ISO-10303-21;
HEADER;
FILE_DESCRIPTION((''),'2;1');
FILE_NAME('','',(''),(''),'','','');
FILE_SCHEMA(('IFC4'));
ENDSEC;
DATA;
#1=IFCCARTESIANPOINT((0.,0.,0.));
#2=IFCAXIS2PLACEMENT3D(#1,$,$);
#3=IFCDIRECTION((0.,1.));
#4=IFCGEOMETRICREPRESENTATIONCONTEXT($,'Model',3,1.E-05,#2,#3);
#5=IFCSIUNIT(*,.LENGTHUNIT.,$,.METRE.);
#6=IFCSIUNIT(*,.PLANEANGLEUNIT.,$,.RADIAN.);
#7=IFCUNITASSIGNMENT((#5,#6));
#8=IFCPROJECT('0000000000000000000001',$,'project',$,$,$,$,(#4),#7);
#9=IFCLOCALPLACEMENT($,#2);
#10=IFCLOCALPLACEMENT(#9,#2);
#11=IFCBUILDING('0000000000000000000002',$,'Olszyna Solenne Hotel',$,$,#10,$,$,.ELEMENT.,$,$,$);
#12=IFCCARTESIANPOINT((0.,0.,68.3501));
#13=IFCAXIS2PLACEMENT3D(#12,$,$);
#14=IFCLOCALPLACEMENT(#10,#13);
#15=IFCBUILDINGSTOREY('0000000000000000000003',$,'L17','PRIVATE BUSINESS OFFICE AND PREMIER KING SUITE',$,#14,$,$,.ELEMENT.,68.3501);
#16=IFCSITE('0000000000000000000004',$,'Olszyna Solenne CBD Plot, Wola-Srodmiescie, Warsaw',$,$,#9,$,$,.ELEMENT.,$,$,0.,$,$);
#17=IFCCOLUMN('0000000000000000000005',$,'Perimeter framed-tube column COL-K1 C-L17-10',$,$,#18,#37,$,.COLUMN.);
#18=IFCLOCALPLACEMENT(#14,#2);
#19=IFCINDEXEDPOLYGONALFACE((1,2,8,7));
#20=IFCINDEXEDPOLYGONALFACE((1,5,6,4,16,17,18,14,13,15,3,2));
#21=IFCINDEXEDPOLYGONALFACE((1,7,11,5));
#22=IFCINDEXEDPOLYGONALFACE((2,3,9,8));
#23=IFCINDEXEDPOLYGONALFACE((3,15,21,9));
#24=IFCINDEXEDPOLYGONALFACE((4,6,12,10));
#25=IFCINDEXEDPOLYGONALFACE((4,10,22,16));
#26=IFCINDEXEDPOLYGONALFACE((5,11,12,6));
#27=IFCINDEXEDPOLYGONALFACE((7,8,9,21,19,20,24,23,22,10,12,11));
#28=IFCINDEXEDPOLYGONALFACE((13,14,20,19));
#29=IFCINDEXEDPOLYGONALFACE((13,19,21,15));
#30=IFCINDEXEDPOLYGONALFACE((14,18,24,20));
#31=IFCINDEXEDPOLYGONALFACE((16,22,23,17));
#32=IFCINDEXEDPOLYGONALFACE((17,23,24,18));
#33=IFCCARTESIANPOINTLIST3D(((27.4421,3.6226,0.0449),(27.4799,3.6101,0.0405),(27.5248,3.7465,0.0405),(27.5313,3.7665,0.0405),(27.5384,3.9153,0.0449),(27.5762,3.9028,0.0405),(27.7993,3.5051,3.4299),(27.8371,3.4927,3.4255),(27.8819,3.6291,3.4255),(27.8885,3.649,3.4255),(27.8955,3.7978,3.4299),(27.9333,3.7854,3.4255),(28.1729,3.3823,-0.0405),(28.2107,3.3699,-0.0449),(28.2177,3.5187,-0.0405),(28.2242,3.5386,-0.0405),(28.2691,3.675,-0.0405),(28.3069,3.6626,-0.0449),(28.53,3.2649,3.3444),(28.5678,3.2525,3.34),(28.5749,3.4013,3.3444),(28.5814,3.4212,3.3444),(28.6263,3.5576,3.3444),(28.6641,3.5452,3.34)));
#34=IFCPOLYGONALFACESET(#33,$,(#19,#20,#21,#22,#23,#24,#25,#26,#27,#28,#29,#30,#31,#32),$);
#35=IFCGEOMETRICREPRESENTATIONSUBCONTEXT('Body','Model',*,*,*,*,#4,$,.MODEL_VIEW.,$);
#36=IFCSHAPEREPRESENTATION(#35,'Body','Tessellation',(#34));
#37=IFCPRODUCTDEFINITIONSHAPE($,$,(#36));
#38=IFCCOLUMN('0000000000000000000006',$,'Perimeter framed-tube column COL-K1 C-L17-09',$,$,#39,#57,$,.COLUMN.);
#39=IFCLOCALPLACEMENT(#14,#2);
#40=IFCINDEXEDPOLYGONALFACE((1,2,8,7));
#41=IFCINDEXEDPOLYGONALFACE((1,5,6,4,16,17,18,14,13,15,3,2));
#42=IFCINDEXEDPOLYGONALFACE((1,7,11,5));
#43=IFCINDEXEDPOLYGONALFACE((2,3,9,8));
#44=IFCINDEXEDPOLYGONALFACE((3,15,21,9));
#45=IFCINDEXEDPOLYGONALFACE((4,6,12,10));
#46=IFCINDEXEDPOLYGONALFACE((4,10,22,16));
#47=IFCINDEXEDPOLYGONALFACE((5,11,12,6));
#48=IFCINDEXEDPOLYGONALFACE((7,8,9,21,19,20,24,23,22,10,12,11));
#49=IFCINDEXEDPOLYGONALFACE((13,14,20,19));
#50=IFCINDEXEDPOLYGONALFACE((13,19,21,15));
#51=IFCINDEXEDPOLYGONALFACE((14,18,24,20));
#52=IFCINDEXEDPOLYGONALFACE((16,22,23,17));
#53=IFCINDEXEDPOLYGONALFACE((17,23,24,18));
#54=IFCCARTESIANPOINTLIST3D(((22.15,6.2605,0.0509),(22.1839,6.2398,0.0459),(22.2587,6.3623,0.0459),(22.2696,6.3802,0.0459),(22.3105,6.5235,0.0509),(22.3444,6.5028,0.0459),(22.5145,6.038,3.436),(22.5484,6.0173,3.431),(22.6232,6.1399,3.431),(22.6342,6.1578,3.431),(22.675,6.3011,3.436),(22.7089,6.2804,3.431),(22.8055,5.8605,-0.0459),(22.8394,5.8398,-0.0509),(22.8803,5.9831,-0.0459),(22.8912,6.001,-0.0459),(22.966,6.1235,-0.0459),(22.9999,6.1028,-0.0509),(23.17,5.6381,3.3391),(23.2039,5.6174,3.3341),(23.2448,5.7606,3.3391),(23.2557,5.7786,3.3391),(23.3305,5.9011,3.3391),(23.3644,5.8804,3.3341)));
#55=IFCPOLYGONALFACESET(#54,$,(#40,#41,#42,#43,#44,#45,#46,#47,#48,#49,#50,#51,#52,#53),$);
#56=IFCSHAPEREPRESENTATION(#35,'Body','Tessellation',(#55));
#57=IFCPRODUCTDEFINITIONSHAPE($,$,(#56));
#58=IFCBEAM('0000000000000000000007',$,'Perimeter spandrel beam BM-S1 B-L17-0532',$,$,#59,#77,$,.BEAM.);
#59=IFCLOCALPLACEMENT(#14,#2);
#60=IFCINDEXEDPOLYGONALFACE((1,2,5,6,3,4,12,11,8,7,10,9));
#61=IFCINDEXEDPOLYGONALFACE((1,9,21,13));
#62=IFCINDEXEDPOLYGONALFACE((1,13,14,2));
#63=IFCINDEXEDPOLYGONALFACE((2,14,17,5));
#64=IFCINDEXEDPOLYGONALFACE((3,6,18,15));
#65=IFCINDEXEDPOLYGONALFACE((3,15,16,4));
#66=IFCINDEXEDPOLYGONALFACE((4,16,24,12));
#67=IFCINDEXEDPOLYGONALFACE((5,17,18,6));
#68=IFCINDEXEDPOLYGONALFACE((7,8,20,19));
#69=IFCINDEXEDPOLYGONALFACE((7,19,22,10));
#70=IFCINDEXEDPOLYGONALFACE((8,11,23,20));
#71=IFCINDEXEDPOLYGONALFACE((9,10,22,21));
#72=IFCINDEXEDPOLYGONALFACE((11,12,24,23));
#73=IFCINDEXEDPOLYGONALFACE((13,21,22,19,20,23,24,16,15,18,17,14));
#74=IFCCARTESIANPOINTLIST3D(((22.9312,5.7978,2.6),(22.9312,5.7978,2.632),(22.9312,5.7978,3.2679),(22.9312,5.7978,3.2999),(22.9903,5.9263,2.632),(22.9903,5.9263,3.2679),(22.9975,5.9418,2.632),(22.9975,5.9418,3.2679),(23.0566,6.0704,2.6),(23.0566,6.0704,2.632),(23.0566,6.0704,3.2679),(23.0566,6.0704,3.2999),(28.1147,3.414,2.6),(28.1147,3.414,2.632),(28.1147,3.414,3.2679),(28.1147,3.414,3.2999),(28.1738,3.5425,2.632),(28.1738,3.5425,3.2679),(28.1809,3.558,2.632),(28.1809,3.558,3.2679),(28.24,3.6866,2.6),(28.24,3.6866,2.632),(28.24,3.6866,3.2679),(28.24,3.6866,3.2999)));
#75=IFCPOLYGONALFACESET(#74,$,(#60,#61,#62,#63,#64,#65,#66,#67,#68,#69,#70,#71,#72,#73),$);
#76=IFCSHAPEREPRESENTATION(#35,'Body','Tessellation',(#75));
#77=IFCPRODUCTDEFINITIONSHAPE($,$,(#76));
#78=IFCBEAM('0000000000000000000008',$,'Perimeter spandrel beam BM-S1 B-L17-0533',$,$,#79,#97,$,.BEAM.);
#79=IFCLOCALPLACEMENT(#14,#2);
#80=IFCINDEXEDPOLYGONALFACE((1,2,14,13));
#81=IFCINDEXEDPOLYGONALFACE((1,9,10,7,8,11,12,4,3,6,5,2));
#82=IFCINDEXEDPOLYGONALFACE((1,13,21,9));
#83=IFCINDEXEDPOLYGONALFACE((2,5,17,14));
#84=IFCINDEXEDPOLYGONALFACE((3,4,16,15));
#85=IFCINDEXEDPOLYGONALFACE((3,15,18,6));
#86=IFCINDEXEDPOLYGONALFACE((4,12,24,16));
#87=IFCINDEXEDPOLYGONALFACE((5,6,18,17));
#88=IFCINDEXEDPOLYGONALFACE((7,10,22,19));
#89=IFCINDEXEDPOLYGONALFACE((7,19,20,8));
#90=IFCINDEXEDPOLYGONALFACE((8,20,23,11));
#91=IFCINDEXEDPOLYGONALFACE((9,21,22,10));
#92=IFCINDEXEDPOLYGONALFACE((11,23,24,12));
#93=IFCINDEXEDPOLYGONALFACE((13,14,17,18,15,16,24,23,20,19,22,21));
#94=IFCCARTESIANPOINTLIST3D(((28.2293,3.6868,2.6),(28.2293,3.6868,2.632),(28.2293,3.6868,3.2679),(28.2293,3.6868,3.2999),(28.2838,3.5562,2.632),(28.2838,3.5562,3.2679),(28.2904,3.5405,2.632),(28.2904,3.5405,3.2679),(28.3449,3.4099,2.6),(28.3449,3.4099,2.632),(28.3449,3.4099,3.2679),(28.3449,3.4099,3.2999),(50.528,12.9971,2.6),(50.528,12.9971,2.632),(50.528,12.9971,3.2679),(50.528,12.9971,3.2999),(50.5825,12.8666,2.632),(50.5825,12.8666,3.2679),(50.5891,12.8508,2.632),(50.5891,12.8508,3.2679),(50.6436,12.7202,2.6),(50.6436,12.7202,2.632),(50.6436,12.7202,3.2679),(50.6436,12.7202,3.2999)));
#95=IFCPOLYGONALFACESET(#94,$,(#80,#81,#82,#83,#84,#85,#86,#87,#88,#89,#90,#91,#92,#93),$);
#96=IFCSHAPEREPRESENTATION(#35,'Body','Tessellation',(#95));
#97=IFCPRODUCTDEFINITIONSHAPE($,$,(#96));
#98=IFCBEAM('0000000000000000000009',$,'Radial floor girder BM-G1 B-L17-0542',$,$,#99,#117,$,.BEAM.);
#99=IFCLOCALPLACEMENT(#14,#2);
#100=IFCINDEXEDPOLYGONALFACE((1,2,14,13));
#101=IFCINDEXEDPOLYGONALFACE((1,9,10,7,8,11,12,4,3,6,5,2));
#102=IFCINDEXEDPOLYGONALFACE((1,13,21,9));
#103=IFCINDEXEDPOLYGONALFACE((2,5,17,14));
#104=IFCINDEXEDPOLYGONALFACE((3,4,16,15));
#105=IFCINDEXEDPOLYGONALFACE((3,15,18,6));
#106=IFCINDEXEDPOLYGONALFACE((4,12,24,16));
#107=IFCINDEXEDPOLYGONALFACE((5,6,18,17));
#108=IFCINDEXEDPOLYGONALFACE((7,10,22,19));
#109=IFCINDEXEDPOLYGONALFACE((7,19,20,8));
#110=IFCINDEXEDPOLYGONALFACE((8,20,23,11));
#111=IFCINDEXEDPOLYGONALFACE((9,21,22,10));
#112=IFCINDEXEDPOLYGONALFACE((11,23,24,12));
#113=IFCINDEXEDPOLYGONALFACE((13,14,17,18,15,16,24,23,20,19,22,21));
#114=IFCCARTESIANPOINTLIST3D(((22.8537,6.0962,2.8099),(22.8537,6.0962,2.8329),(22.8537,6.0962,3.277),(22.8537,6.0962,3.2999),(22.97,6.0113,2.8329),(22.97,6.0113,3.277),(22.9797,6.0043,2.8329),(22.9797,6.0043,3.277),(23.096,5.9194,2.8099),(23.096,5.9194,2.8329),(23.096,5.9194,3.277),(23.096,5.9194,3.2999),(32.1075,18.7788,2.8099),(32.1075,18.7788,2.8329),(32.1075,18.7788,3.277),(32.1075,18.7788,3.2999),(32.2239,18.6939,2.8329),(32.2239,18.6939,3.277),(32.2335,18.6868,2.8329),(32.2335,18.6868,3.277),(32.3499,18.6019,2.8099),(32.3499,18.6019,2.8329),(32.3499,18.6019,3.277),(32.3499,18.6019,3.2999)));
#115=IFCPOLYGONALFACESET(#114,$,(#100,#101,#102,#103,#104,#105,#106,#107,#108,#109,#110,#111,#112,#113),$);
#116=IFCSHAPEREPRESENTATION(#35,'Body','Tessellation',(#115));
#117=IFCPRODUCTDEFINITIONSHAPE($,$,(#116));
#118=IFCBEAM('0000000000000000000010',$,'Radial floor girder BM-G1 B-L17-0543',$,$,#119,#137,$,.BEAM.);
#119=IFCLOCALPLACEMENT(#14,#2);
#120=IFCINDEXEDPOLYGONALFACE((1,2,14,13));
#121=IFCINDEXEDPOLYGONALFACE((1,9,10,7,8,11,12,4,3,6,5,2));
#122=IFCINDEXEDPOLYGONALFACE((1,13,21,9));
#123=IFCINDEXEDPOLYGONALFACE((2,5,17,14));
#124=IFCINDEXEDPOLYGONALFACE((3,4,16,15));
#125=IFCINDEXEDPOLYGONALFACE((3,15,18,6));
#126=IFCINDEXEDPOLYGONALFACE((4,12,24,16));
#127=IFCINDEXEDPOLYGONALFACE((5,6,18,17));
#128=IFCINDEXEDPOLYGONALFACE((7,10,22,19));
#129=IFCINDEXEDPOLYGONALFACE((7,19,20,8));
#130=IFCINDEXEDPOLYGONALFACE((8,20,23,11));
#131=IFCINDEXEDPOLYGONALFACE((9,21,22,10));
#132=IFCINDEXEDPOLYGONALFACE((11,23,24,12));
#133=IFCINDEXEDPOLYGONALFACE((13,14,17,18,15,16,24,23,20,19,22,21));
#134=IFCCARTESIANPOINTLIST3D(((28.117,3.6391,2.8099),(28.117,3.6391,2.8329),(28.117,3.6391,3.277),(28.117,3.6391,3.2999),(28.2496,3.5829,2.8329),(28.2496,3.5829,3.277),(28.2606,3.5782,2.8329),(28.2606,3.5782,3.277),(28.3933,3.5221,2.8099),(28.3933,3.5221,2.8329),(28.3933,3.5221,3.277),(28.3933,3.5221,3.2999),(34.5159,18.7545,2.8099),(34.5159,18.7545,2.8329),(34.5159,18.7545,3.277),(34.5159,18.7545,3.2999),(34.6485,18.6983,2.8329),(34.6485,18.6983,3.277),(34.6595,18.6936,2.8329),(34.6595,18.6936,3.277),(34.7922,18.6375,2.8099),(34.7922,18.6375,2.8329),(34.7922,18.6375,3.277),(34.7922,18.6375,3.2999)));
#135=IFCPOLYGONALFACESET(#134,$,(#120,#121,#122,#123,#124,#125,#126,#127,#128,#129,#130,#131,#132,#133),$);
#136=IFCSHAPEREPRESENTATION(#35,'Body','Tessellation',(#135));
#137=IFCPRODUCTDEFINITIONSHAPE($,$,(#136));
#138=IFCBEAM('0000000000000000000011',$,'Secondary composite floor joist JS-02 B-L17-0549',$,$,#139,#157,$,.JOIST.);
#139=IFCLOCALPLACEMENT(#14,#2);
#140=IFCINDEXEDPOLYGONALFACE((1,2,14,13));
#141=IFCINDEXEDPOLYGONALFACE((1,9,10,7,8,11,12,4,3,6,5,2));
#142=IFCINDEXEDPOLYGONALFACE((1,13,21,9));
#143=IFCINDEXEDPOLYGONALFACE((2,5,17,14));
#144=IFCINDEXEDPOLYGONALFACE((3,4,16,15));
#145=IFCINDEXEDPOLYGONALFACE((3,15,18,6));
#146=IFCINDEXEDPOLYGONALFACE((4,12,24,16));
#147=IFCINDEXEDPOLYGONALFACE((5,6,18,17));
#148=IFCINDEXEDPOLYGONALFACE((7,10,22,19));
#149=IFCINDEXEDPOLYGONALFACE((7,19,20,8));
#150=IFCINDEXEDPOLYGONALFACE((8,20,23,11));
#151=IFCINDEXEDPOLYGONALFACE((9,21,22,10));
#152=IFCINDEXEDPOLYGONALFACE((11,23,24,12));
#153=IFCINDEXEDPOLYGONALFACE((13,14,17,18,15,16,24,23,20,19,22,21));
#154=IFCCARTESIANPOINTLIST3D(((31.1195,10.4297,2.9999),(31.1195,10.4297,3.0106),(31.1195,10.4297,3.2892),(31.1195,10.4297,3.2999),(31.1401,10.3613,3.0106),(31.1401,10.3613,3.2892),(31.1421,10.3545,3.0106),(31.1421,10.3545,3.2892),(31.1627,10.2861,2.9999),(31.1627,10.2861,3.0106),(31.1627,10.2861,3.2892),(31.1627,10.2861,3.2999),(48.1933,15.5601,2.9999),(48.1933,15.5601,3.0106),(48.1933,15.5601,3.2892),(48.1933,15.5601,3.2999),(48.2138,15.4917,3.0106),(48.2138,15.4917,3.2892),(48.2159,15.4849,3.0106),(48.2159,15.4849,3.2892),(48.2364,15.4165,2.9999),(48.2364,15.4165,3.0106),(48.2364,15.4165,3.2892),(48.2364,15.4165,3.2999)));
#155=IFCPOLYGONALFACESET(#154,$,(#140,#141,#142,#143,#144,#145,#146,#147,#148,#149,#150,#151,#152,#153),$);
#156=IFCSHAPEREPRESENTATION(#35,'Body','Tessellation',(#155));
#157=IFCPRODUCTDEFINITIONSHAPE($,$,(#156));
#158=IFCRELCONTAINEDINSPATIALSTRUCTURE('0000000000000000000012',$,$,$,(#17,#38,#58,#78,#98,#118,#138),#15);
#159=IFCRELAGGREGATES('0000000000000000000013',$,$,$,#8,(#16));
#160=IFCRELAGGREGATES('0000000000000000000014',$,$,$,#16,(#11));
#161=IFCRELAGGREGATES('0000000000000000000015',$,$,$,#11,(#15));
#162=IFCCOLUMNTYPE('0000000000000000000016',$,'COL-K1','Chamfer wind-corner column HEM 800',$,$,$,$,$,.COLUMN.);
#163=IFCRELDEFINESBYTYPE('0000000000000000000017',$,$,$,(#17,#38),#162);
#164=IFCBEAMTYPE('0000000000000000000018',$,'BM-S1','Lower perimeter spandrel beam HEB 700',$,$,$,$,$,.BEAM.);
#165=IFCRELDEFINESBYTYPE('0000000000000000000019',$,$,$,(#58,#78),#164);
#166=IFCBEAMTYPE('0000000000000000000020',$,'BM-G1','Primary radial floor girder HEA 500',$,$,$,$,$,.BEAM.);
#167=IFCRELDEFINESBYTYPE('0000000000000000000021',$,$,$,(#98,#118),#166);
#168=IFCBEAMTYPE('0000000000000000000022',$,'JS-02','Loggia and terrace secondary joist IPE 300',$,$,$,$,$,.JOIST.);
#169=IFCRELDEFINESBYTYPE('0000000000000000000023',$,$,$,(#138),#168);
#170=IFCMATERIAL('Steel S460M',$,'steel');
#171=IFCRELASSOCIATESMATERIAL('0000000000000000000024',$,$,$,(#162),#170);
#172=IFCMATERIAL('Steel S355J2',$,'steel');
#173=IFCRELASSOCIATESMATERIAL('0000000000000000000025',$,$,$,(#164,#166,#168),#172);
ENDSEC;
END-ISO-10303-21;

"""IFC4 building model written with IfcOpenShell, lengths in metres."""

from ifc_helpers import new_model, si_unit, direction, frame, origin, origin_2d, place, context, subcontext, project, spatial, i_section, extrude, source, transform, mapped, material, material_profile, profile_set, type_object, element, save


model = new_model("IFC4")

# Units and contexts
model_context = context("Model", 3, precision=1e-05, world=origin(), true_north=direction((0.0, 1.0)))
body_context = subcontext(model_context, "Body", "Model", "MODEL_VIEW")
ifc_project = project(units=[si_unit("LENGTHUNIT", "METRE"), si_unit("PLANEANGLEUNIT", "RADIAN")], contexts=[model_context])

# Site, building, storey
site_placement = place(None, origin())
site = spatial("IfcSite", under=ifc_project, at=site_placement, Name="Olszyna Solenne CBD Plot, Wola-Srodmiescie, Warsaw", CompositionType="ELEMENT", RefElevation=0.0)
building_placement = place(site_placement, origin())
building = spatial("IfcBuilding", under=site, at=building_placement, Name="Olszyna Solenne Hotel", CompositionType="ELEMENT")
storey_placement = place(building_placement, frame((0.0, 0.0, 68.3501)))
storey = spatial("IfcBuildingStorey", under=building, at=storey_placement, Name="L17", Description="PRIVATE BUSINESS OFFICE AND PREMIER KING SUITE", CompositionType="ELEMENT", Elevation=68.3501)

# Columns
ifc_material_1 = material(Name="Steel S460M", Category="steel")
ifc_material_profile_1 = material_profile(ifc_material_1, i_section(OverallWidth=0.3081, OverallDepth=0.814, WebThickness=0.021, FlangeThickness=0.04, at=origin_2d()), Name="HEM 800", Category="load-bearing")
ifc_profile_set_1 = profile_set([ifc_material_profile_1], Name="Steel S460M")
column_type = type_object("IfcColumnType", Name="COL-K1", Description="Chamfer wind-corner column HEM 800", PredefinedType="COLUMN", material=ifc_profile_set_1)
shared_shape_1 = source(origin(), body_context, "Body", "SweptSolid", [
    extrude(i_section(OverallWidth=0.3081, OverallDepth=0.814, WebThickness=0.021, FlangeThickness=0.04, at=origin_2d()), origin(), (0.0, 0.0, 1.0), 3.4058),
])
column_1_placement = place(storey_placement, frame((27.8745, 3.6426, 0.0), z_axis=(0.104873, -0.03448, 0.993888), x_axis=(0.312329, 0.949974, 0.0)))
element("IfcColumn", 1, at=column_1_placement, inside=storey, type_object=column_type, Name="Perimeter framed-tube column COL-K1 C-L17-10", PredefinedType="COLUMN", context=body_context, shape_type="MappedRepresentation", body=[
    mapped(shared_shape_1, transform((0.0, 0.0, 0.0), x_axis=(1.0, 0.0, 0.0), y_axis=(0.0, 1.0, 0.0), z_axis=(0.0, 0.0, 1.0), scale=1.0)),
])
shared_shape_2 = source(origin(), body_context, "Body", "SweptSolid", [
    extrude(i_section(OverallWidth=0.3081, OverallDepth=0.814, WebThickness=0.021, FlangeThickness=0.04, at=origin_2d()), origin(), (0.0, 0.0, 1.0), 3.4119),
])
column_2_placement = place(storey_placement, frame((22.575, 6.1816, 0.0), z_axis=(0.106835, -0.065188, 0.992138), x_axis=(0.520872, 0.853635, 0.0)))
element("IfcColumn", 2, at=column_2_placement, inside=storey, type_object=column_type, Name="Perimeter framed-tube column COL-K1 C-L17-09", PredefinedType="COLUMN", context=body_context, shape_type="MappedRepresentation", body=[
    mapped(shared_shape_2, transform((0.0, 0.0, 0.0), x_axis=(1.0, 0.0, 0.0), y_axis=(0.0, 1.0, 0.0), z_axis=(0.0, 0.0, 1.0), scale=1.0)),
])

# Beams
ifc_material_2 = material(Name="Steel S355J2", Category="steel")
ifc_material_profile_2 = material_profile(ifc_material_2, i_section(OverallWidth=0.3, OverallDepth=0.7, WebThickness=0.0171, FlangeThickness=0.032, at=origin_2d()), Name="HEB 700", Category="load-bearing")
ifc_profile_set_2 = profile_set([ifc_material_profile_2], Name="Steel S355J2")
beam_type_1 = type_object("IfcBeamType", Name="BM-S1", Description="Lower perimeter spandrel beam HEB 700", PredefinedType="BEAM", material=ifc_profile_set_2)
shared_shape_3 = source(origin(), body_context, "Body", "SweptSolid", [
    extrude(i_section(OverallWidth=0.3, OverallDepth=0.7, WebThickness=0.0171, FlangeThickness=0.032, at=origin_2d()), origin(), (0.0, 0.0, 1.0), 5.7053),
])
beam_1_placement = place(storey_placement, frame((22.9939, 5.9341, 2.95), z_axis=(0.908527, -0.417826, 0.0), x_axis=(0.417826, 0.908527, 0.0)))
element("IfcBeam", 3, at=beam_1_placement, inside=storey, type_object=beam_type_1, Name="Perimeter spandrel beam BM-S1 B-L17-0532", PredefinedType="BEAM", context=body_context, shape_type="MappedRepresentation", body=[
    mapped(shared_shape_3, transform((0.0, 0.0, 0.0), x_axis=(1.0, 0.0, 0.0), y_axis=(0.0, 1.0, 0.0), z_axis=(0.0, 0.0, 1.0), scale=1.0)),
])
shared_shape_4 = source(origin(), body_context, "Body", "SweptSolid", [
    extrude(i_section(OverallWidth=0.3, OverallDepth=0.7, WebThickness=0.0171, FlangeThickness=0.032, at=origin_2d()), origin(), (0.0, 0.0, 1.0), 24.1643),
])
beam_2_placement = place(storey_placement, frame((28.2871, 3.5483, 2.95), z_axis=(0.922794, 0.385293, 0.0), x_axis=(-0.385293, 0.922794, 0.0)))
element("IfcBeam", 4, at=beam_2_placement, inside=storey, type_object=beam_type_1, Name="Perimeter spandrel beam BM-S1 B-L17-0533", PredefinedType="BEAM", context=body_context, shape_type="MappedRepresentation", body=[
    mapped(shared_shape_4, transform((0.0, 0.0, 0.0), x_axis=(1.0, 0.0, 0.0), y_axis=(0.0, 1.0, 0.0), z_axis=(0.0, 0.0, 1.0), scale=1.0)),
])
ifc_material_profile_3 = material_profile(ifc_material_2, i_section(OverallWidth=0.3, OverallDepth=0.49, WebThickness=0.012, FlangeThickness=0.0229, at=origin_2d()), Name="HEA 500", Category="load-bearing")
ifc_profile_set_3 = profile_set([ifc_material_profile_3], Name="Steel S355J2")
beam_type_2 = type_object("IfcBeamType", Name="BM-G1", Description="Primary radial floor girder HEA 500", PredefinedType="BEAM", material=ifc_profile_set_3)
shared_shape_5 = source(origin(), body_context, "Body", "SweptSolid", [
    extrude(i_section(OverallWidth=0.3, OverallDepth=0.49, WebThickness=0.012, FlangeThickness=0.0229, at=origin_2d()), origin(), (0.0, 0.0, 1.0), 15.6997),
])
beam_3_placement = place(storey_placement, frame((22.9749, 6.0078, 3.0549), z_axis=(0.589428, 0.807821, 0.0), x_axis=(-0.807821, 0.589428, 0.0)))
element("IfcBeam", 5, at=beam_3_placement, inside=storey, type_object=beam_type_2, Name="Radial floor girder BM-G1 B-L17-0542", PredefinedType="BEAM", context=body_context, shape_type="MappedRepresentation", body=[
    mapped(shared_shape_5, transform((0.0, 0.0, 0.0), x_axis=(1.0, 0.0, 0.0), y_axis=(0.0, 1.0, 0.0), z_axis=(0.0, 0.0, 1.0), scale=1.0)),
])
shared_shape_6 = source(origin(), body_context, "Body", "SweptSolid", [
    extrude(i_section(OverallWidth=0.3, OverallDepth=0.49, WebThickness=0.012, FlangeThickness=0.0229, at=origin_2d()), origin(), (0.0, 0.0, 1.0), 16.4141),
])
beam_4_placement = place(storey_placement, frame((28.2551, 3.5806, 3.0549), z_axis=(0.389842, 0.920882, 0.0), x_axis=(-0.920882, 0.389842, 0.0)))
element("IfcBeam", 6, at=beam_4_placement, inside=storey, type_object=beam_type_2, Name="Radial floor girder BM-G1 B-L17-0543", PredefinedType="BEAM", context=body_context, shape_type="MappedRepresentation", body=[
    mapped(shared_shape_6, transform((0.0, 0.0, 0.0), x_axis=(1.0, 0.0, 0.0), y_axis=(0.0, 1.0, 0.0), z_axis=(0.0, 0.0, 1.0), scale=1.0)),
])
ifc_material_profile_4 = material_profile(ifc_material_2, i_section(OverallWidth=0.1499, OverallDepth=0.3, WebThickness=0.0071, FlangeThickness=0.0107, at=origin_2d()), Name="IPE 300", Category="load-bearing")
ifc_profile_set_4 = profile_set([ifc_material_profile_4], Name="Steel S355J2")
beam_type_3 = type_object("IfcBeamType", Name="JS-02", Description="Loggia and terrace secondary joist IPE 300", PredefinedType="JOIST", material=ifc_profile_set_4)
shared_shape_7 = source(origin(), body_context, "Body", "SweptSolid", [
    extrude(i_section(OverallWidth=0.1499, OverallDepth=0.3, WebThickness=0.0071, FlangeThickness=0.0107, at=origin_2d()), origin(), (0.0, 0.0, 1.0), 17.8279),
])
beam_5_placement = place(storey_placement, frame((31.1411, 10.3579, 3.1499), z_axis=(0.957699, 0.287773, 0.0), x_axis=(-0.287773, 0.957699, 0.0)))
element("IfcBeam", 7, at=beam_5_placement, inside=storey, type_object=beam_type_3, Name="Secondary composite floor joist JS-02 B-L17-0549", PredefinedType="JOIST", context=body_context, shape_type="MappedRepresentation", body=[
    mapped(shared_shape_7, transform((0.0, 0.0, 0.0), x_axis=(1.0, 0.0, 0.0), y_axis=(0.0, 1.0, 0.0), z_axis=(0.0, 0.0, 1.0), scale=1.0)),
])

save(model, "model.ifc")
